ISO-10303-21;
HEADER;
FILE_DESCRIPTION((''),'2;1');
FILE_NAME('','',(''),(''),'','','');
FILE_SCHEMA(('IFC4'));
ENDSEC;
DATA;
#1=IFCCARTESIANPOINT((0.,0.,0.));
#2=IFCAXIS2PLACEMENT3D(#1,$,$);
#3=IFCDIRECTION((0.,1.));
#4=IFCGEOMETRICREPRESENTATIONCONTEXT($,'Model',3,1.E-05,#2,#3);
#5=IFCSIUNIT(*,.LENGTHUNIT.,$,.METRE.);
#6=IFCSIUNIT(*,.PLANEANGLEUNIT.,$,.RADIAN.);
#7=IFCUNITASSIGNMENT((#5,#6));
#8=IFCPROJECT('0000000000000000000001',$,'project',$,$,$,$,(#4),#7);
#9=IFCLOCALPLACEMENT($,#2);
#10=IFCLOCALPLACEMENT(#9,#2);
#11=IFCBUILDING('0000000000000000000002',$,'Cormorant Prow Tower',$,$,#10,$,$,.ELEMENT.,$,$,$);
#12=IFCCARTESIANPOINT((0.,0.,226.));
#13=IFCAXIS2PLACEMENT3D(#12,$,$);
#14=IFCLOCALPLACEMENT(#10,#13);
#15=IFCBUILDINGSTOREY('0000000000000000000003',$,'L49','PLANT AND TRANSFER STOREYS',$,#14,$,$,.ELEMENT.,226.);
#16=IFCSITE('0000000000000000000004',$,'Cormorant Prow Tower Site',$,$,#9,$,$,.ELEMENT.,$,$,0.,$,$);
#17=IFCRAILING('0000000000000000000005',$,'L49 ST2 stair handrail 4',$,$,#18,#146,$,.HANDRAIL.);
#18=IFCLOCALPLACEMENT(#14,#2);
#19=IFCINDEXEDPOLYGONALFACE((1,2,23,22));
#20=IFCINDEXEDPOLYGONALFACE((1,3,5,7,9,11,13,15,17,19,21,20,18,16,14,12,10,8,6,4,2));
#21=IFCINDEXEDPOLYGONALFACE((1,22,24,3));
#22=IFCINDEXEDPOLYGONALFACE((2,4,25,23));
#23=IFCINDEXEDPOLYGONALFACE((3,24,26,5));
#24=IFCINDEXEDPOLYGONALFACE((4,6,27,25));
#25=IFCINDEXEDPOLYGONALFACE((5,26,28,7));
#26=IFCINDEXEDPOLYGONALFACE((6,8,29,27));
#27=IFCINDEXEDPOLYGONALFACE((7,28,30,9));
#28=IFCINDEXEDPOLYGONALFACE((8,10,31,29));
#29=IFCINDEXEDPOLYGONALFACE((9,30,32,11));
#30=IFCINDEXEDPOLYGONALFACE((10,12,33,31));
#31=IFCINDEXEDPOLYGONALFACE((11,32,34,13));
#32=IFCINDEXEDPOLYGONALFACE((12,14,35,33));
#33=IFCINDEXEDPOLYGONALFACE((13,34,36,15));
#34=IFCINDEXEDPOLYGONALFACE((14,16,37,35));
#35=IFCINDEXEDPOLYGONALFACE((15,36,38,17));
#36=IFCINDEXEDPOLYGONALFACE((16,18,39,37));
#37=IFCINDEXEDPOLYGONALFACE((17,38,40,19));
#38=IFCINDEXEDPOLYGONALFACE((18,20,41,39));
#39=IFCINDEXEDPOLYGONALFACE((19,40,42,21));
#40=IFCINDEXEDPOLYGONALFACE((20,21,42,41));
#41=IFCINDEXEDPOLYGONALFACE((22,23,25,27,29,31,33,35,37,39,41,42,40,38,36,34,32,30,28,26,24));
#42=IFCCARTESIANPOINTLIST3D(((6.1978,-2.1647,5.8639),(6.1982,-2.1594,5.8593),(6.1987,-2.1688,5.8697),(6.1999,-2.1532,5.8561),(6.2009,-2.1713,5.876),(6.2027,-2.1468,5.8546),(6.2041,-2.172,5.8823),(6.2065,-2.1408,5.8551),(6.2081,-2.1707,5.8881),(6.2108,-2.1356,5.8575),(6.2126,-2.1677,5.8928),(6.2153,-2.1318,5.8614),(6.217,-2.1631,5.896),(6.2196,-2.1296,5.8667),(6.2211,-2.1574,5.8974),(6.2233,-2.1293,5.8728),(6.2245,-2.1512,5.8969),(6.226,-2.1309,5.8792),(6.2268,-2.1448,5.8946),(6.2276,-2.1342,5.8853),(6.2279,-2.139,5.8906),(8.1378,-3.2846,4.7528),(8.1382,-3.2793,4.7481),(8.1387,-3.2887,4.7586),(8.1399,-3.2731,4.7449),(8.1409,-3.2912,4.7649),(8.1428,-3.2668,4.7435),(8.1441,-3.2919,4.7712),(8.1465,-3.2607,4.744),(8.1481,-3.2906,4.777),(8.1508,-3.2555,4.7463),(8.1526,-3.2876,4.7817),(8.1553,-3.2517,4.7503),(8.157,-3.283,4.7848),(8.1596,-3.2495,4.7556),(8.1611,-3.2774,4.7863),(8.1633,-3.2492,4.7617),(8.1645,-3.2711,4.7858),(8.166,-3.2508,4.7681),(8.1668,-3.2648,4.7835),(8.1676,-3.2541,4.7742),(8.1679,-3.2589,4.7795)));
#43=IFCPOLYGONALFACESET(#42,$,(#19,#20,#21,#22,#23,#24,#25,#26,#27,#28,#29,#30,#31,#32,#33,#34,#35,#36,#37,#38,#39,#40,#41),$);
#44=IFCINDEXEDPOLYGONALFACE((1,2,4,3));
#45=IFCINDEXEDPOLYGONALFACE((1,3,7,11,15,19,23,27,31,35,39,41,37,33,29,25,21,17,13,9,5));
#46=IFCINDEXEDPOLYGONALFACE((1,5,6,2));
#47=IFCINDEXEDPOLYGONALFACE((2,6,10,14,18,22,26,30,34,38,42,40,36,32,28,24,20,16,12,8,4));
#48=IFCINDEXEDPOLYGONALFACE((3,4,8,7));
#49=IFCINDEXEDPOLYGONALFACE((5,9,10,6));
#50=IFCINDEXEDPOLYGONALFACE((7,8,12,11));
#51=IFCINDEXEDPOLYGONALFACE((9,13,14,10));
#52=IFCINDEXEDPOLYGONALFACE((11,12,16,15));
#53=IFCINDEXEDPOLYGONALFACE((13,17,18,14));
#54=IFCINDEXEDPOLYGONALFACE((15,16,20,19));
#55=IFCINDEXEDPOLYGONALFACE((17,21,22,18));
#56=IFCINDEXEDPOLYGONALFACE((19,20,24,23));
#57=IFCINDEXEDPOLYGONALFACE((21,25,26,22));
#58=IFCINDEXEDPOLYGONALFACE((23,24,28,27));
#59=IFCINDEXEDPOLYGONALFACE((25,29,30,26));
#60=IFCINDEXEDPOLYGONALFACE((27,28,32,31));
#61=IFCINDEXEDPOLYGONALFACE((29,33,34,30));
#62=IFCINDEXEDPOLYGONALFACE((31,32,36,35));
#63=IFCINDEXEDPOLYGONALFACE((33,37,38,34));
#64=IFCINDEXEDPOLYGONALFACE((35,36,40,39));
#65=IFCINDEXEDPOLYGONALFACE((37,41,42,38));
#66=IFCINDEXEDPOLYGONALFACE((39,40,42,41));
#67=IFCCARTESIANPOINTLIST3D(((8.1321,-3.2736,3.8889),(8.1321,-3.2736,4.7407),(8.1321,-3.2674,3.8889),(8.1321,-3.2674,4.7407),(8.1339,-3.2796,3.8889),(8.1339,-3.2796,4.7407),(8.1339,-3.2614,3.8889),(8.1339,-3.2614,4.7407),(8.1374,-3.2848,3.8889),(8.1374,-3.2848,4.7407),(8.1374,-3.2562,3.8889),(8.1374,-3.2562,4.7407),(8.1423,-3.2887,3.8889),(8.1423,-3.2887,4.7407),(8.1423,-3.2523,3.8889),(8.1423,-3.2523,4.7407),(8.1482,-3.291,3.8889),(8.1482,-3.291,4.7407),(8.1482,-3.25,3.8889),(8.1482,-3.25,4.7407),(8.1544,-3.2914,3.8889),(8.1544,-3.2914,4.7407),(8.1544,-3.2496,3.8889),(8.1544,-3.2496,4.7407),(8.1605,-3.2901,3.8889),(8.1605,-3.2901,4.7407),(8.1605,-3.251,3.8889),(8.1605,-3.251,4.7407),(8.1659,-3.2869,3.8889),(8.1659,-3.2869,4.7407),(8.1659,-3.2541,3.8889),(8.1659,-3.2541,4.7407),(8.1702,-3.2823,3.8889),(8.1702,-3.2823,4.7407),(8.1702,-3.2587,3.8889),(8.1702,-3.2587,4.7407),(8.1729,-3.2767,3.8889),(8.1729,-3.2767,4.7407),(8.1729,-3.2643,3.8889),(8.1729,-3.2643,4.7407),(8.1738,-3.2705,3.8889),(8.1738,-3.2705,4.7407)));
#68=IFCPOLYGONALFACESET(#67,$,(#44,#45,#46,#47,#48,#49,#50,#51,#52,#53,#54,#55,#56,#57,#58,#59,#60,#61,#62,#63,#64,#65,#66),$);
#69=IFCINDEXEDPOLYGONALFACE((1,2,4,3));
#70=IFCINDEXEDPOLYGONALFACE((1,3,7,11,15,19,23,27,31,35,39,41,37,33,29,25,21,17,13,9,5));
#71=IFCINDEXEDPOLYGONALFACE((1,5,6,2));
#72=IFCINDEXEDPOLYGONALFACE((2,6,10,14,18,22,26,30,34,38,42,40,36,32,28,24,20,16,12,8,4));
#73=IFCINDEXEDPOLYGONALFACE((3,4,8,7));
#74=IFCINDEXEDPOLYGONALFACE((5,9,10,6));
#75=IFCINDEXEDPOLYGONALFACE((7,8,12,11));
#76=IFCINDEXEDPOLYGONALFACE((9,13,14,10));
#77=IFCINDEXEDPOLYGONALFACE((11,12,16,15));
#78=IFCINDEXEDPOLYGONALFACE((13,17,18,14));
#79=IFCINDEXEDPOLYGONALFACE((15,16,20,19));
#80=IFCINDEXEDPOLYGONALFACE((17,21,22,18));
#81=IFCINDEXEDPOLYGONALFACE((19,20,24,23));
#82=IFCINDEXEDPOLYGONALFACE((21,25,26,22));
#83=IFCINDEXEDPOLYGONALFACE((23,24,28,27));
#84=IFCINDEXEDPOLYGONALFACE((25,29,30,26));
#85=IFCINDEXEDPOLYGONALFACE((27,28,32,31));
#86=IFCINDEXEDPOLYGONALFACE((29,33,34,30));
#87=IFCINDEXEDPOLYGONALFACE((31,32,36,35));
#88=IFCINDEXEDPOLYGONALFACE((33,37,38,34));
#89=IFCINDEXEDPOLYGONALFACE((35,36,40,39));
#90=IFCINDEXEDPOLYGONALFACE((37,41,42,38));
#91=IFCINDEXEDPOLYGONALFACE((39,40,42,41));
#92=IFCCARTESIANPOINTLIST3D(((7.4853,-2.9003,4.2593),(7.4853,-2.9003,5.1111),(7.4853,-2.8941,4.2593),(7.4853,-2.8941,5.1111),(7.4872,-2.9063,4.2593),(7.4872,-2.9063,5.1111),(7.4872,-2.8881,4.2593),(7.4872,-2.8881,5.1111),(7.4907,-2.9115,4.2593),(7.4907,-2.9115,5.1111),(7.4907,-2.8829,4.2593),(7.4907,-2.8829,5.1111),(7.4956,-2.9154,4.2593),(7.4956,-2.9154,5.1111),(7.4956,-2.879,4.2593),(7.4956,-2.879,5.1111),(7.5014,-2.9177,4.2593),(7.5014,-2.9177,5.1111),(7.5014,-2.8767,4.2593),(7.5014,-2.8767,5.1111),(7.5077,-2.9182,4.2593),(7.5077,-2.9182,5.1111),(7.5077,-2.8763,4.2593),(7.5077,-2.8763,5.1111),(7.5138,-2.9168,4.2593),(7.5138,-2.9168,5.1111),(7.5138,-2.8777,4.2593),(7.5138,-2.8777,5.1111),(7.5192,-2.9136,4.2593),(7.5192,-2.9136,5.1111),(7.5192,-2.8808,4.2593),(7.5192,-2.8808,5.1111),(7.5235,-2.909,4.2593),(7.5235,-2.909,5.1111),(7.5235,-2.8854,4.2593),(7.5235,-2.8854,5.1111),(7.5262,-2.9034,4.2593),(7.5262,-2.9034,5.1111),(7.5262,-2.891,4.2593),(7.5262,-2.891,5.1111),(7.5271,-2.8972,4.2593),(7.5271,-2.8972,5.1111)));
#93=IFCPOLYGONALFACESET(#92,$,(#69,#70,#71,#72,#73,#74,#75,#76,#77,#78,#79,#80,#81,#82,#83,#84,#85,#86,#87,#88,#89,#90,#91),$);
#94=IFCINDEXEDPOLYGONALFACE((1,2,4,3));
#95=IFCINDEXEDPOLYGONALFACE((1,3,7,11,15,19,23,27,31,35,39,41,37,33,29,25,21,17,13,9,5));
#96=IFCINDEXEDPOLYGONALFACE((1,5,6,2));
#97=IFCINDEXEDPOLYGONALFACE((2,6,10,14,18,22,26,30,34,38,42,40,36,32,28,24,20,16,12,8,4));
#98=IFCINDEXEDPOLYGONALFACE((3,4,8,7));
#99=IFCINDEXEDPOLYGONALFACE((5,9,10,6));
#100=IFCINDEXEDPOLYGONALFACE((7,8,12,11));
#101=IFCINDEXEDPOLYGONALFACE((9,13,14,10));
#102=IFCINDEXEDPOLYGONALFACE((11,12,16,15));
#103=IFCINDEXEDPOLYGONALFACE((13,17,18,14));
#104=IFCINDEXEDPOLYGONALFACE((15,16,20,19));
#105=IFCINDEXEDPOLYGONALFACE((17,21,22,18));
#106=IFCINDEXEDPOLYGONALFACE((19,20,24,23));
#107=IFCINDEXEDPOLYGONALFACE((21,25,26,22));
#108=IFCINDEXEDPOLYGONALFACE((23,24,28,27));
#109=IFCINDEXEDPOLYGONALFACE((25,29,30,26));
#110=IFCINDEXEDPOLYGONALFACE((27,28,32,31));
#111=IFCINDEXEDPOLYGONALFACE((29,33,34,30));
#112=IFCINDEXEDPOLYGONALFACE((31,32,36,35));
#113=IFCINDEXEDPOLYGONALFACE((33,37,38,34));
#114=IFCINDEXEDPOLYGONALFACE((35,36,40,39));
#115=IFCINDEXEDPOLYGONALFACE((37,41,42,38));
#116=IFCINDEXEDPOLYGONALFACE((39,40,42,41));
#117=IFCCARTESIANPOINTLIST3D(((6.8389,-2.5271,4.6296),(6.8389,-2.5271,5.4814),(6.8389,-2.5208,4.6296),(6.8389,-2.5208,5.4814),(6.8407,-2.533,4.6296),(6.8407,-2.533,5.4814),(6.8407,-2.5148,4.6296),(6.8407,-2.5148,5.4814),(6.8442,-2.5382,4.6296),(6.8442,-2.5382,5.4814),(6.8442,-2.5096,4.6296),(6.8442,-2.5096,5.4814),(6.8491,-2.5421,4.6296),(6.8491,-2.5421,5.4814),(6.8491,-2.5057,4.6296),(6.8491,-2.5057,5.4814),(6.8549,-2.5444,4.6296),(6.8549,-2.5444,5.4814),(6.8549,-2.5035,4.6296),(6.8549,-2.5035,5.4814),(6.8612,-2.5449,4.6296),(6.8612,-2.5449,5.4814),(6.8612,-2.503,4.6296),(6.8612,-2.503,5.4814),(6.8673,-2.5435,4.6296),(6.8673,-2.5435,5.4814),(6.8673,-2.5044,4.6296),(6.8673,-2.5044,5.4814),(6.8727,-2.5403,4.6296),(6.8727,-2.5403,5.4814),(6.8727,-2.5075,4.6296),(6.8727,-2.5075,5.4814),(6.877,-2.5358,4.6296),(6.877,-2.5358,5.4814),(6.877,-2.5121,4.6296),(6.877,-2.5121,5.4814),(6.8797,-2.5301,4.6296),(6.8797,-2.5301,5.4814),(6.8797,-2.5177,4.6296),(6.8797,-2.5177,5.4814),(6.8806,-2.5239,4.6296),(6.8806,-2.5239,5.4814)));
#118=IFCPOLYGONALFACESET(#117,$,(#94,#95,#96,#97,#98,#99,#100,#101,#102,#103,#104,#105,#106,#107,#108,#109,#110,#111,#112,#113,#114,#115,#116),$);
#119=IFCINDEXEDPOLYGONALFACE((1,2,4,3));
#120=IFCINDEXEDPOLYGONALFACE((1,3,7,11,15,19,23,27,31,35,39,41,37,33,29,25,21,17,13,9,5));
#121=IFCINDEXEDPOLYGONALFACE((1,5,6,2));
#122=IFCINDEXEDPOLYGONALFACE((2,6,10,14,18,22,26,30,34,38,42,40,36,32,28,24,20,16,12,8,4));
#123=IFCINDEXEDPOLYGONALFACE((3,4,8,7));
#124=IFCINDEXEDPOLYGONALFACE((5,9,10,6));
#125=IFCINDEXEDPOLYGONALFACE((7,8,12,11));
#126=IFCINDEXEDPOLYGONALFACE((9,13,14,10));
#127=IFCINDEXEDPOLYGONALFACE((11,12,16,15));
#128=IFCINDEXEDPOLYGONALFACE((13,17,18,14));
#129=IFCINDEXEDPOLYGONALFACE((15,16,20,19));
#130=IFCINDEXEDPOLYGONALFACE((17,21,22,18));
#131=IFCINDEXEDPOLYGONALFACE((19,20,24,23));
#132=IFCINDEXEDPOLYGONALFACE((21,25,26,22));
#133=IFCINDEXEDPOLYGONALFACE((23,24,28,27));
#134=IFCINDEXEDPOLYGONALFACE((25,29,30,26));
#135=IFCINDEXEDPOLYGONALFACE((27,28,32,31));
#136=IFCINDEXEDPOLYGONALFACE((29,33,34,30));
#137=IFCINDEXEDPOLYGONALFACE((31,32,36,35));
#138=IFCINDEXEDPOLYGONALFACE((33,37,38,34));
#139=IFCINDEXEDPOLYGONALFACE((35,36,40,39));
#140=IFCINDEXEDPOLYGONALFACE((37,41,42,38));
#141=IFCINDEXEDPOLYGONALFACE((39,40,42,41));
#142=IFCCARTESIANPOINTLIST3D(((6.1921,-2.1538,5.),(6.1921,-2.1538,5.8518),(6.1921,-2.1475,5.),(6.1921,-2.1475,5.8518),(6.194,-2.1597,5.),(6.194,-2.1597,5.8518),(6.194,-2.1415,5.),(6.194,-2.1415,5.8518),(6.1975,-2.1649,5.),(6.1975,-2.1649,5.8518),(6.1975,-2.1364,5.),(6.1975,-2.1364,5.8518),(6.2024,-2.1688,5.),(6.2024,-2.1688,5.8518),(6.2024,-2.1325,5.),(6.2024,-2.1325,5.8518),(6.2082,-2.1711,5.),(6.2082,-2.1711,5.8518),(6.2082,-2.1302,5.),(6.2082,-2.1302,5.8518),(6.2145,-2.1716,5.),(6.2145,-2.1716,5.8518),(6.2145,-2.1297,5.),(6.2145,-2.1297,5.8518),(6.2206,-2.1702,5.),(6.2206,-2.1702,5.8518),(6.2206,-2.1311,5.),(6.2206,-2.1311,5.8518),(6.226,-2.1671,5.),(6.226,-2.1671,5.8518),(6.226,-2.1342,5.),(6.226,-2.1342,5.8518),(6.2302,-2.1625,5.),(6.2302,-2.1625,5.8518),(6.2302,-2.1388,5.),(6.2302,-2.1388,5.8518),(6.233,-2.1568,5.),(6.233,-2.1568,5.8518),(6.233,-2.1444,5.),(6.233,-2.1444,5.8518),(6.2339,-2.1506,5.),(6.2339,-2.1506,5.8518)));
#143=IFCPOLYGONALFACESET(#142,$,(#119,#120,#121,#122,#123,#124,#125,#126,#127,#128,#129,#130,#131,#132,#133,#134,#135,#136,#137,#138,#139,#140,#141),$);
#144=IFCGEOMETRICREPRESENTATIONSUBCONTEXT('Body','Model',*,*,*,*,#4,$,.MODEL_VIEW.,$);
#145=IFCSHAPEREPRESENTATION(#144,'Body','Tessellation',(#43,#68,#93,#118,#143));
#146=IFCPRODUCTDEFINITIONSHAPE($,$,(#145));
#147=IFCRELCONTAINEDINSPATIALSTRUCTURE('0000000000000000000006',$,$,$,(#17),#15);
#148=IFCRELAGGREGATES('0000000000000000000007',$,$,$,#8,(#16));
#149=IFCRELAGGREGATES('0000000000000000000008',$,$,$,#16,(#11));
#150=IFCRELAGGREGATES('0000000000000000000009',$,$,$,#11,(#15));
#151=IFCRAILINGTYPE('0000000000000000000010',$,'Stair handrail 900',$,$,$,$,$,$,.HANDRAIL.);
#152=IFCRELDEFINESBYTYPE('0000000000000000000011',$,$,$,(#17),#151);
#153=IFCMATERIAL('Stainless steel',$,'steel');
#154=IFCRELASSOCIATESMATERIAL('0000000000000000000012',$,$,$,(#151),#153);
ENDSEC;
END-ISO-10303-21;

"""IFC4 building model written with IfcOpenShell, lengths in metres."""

from ifc_helpers import new_model, si_unit, direction, frame, origin, origin_2d, place, context, subcontext, project, spatial, circle, extrude, material, type_object, element, save


model = new_model("IFC4")

# Units and contexts
model_context = context("Model", 3, precision=1e-05, world=origin(), true_north=direction((0.0, 1.0)))
body_context = subcontext(model_context, "Body", "Model", "MODEL_VIEW")
ifc_project = project(units=[si_unit("LENGTHUNIT", "METRE"), si_unit("PLANEANGLEUNIT", "RADIAN")], contexts=[model_context])

# Site, building, storey
site_placement = place(None, origin())
site = spatial("IfcSite", under=ifc_project, at=site_placement, Name="Cormorant Prow Tower Site", CompositionType="ELEMENT", RefElevation=0.0)
building_placement = place(site_placement, origin())
building = spatial("IfcBuilding", under=site, at=building_placement, Name="Cormorant Prow Tower", CompositionType="ELEMENT")
storey_placement = place(building_placement, frame((0.0, 0.0, 226.0)))
storey = spatial("IfcBuildingStorey", under=building, at=storey_placement, Name="L49", Description="PLANT AND TRANSFER STOREYS", CompositionType="ELEMENT", Elevation=226.0)

# Railing
ifc_material_1 = material(Name="Stainless steel", Category="steel")
railing_type_1 = type_object("IfcRailingType", Name="Stair handrail 900", PredefinedType="HANDRAIL", material=ifc_material_1)
railing_1_placement = place(storey_placement, frame((8.1528, -3.2705, 3.8889)))
element("IfcRailing", 1, at=railing_1_placement, inside=storey, type_object=railing_type_1, Name="L49 ST2 stair handrail 4", PredefinedType="HANDRAIL", context=body_context, shape_type="SweptSolid", body=[
    extrude(circle(Radius=0.0239, at=origin_2d()), frame((0.0, 0.0, 0.876), z_axis=(-0.775853, 0.447878, 0.444363), x_axis=(-0.499949, -0.866055, 0.0)), (0.0, 0.0, 1.0), 2.5005),
    extrude(circle(Radius=0.021, at=origin_2d()), origin(), (0.0, 0.0, 1.0), 0.8518),
    extrude(circle(Radius=0.021, at=origin_2d()), frame((-0.6467, 0.3733, 0.3704)), (0.0, 0.0, 1.0), 0.8518),
    extrude(circle(Radius=0.021, at=origin_2d()), frame((-1.2932, 0.7466, 0.7407)), (0.0, 0.0, 1.0), 0.8518),
    extrude(circle(Radius=0.021, at=origin_2d()), frame((-1.9399, 1.1199, 1.1111)), (0.0, 0.0, 1.0), 0.8518),
])

save(model, "model.ifc")
